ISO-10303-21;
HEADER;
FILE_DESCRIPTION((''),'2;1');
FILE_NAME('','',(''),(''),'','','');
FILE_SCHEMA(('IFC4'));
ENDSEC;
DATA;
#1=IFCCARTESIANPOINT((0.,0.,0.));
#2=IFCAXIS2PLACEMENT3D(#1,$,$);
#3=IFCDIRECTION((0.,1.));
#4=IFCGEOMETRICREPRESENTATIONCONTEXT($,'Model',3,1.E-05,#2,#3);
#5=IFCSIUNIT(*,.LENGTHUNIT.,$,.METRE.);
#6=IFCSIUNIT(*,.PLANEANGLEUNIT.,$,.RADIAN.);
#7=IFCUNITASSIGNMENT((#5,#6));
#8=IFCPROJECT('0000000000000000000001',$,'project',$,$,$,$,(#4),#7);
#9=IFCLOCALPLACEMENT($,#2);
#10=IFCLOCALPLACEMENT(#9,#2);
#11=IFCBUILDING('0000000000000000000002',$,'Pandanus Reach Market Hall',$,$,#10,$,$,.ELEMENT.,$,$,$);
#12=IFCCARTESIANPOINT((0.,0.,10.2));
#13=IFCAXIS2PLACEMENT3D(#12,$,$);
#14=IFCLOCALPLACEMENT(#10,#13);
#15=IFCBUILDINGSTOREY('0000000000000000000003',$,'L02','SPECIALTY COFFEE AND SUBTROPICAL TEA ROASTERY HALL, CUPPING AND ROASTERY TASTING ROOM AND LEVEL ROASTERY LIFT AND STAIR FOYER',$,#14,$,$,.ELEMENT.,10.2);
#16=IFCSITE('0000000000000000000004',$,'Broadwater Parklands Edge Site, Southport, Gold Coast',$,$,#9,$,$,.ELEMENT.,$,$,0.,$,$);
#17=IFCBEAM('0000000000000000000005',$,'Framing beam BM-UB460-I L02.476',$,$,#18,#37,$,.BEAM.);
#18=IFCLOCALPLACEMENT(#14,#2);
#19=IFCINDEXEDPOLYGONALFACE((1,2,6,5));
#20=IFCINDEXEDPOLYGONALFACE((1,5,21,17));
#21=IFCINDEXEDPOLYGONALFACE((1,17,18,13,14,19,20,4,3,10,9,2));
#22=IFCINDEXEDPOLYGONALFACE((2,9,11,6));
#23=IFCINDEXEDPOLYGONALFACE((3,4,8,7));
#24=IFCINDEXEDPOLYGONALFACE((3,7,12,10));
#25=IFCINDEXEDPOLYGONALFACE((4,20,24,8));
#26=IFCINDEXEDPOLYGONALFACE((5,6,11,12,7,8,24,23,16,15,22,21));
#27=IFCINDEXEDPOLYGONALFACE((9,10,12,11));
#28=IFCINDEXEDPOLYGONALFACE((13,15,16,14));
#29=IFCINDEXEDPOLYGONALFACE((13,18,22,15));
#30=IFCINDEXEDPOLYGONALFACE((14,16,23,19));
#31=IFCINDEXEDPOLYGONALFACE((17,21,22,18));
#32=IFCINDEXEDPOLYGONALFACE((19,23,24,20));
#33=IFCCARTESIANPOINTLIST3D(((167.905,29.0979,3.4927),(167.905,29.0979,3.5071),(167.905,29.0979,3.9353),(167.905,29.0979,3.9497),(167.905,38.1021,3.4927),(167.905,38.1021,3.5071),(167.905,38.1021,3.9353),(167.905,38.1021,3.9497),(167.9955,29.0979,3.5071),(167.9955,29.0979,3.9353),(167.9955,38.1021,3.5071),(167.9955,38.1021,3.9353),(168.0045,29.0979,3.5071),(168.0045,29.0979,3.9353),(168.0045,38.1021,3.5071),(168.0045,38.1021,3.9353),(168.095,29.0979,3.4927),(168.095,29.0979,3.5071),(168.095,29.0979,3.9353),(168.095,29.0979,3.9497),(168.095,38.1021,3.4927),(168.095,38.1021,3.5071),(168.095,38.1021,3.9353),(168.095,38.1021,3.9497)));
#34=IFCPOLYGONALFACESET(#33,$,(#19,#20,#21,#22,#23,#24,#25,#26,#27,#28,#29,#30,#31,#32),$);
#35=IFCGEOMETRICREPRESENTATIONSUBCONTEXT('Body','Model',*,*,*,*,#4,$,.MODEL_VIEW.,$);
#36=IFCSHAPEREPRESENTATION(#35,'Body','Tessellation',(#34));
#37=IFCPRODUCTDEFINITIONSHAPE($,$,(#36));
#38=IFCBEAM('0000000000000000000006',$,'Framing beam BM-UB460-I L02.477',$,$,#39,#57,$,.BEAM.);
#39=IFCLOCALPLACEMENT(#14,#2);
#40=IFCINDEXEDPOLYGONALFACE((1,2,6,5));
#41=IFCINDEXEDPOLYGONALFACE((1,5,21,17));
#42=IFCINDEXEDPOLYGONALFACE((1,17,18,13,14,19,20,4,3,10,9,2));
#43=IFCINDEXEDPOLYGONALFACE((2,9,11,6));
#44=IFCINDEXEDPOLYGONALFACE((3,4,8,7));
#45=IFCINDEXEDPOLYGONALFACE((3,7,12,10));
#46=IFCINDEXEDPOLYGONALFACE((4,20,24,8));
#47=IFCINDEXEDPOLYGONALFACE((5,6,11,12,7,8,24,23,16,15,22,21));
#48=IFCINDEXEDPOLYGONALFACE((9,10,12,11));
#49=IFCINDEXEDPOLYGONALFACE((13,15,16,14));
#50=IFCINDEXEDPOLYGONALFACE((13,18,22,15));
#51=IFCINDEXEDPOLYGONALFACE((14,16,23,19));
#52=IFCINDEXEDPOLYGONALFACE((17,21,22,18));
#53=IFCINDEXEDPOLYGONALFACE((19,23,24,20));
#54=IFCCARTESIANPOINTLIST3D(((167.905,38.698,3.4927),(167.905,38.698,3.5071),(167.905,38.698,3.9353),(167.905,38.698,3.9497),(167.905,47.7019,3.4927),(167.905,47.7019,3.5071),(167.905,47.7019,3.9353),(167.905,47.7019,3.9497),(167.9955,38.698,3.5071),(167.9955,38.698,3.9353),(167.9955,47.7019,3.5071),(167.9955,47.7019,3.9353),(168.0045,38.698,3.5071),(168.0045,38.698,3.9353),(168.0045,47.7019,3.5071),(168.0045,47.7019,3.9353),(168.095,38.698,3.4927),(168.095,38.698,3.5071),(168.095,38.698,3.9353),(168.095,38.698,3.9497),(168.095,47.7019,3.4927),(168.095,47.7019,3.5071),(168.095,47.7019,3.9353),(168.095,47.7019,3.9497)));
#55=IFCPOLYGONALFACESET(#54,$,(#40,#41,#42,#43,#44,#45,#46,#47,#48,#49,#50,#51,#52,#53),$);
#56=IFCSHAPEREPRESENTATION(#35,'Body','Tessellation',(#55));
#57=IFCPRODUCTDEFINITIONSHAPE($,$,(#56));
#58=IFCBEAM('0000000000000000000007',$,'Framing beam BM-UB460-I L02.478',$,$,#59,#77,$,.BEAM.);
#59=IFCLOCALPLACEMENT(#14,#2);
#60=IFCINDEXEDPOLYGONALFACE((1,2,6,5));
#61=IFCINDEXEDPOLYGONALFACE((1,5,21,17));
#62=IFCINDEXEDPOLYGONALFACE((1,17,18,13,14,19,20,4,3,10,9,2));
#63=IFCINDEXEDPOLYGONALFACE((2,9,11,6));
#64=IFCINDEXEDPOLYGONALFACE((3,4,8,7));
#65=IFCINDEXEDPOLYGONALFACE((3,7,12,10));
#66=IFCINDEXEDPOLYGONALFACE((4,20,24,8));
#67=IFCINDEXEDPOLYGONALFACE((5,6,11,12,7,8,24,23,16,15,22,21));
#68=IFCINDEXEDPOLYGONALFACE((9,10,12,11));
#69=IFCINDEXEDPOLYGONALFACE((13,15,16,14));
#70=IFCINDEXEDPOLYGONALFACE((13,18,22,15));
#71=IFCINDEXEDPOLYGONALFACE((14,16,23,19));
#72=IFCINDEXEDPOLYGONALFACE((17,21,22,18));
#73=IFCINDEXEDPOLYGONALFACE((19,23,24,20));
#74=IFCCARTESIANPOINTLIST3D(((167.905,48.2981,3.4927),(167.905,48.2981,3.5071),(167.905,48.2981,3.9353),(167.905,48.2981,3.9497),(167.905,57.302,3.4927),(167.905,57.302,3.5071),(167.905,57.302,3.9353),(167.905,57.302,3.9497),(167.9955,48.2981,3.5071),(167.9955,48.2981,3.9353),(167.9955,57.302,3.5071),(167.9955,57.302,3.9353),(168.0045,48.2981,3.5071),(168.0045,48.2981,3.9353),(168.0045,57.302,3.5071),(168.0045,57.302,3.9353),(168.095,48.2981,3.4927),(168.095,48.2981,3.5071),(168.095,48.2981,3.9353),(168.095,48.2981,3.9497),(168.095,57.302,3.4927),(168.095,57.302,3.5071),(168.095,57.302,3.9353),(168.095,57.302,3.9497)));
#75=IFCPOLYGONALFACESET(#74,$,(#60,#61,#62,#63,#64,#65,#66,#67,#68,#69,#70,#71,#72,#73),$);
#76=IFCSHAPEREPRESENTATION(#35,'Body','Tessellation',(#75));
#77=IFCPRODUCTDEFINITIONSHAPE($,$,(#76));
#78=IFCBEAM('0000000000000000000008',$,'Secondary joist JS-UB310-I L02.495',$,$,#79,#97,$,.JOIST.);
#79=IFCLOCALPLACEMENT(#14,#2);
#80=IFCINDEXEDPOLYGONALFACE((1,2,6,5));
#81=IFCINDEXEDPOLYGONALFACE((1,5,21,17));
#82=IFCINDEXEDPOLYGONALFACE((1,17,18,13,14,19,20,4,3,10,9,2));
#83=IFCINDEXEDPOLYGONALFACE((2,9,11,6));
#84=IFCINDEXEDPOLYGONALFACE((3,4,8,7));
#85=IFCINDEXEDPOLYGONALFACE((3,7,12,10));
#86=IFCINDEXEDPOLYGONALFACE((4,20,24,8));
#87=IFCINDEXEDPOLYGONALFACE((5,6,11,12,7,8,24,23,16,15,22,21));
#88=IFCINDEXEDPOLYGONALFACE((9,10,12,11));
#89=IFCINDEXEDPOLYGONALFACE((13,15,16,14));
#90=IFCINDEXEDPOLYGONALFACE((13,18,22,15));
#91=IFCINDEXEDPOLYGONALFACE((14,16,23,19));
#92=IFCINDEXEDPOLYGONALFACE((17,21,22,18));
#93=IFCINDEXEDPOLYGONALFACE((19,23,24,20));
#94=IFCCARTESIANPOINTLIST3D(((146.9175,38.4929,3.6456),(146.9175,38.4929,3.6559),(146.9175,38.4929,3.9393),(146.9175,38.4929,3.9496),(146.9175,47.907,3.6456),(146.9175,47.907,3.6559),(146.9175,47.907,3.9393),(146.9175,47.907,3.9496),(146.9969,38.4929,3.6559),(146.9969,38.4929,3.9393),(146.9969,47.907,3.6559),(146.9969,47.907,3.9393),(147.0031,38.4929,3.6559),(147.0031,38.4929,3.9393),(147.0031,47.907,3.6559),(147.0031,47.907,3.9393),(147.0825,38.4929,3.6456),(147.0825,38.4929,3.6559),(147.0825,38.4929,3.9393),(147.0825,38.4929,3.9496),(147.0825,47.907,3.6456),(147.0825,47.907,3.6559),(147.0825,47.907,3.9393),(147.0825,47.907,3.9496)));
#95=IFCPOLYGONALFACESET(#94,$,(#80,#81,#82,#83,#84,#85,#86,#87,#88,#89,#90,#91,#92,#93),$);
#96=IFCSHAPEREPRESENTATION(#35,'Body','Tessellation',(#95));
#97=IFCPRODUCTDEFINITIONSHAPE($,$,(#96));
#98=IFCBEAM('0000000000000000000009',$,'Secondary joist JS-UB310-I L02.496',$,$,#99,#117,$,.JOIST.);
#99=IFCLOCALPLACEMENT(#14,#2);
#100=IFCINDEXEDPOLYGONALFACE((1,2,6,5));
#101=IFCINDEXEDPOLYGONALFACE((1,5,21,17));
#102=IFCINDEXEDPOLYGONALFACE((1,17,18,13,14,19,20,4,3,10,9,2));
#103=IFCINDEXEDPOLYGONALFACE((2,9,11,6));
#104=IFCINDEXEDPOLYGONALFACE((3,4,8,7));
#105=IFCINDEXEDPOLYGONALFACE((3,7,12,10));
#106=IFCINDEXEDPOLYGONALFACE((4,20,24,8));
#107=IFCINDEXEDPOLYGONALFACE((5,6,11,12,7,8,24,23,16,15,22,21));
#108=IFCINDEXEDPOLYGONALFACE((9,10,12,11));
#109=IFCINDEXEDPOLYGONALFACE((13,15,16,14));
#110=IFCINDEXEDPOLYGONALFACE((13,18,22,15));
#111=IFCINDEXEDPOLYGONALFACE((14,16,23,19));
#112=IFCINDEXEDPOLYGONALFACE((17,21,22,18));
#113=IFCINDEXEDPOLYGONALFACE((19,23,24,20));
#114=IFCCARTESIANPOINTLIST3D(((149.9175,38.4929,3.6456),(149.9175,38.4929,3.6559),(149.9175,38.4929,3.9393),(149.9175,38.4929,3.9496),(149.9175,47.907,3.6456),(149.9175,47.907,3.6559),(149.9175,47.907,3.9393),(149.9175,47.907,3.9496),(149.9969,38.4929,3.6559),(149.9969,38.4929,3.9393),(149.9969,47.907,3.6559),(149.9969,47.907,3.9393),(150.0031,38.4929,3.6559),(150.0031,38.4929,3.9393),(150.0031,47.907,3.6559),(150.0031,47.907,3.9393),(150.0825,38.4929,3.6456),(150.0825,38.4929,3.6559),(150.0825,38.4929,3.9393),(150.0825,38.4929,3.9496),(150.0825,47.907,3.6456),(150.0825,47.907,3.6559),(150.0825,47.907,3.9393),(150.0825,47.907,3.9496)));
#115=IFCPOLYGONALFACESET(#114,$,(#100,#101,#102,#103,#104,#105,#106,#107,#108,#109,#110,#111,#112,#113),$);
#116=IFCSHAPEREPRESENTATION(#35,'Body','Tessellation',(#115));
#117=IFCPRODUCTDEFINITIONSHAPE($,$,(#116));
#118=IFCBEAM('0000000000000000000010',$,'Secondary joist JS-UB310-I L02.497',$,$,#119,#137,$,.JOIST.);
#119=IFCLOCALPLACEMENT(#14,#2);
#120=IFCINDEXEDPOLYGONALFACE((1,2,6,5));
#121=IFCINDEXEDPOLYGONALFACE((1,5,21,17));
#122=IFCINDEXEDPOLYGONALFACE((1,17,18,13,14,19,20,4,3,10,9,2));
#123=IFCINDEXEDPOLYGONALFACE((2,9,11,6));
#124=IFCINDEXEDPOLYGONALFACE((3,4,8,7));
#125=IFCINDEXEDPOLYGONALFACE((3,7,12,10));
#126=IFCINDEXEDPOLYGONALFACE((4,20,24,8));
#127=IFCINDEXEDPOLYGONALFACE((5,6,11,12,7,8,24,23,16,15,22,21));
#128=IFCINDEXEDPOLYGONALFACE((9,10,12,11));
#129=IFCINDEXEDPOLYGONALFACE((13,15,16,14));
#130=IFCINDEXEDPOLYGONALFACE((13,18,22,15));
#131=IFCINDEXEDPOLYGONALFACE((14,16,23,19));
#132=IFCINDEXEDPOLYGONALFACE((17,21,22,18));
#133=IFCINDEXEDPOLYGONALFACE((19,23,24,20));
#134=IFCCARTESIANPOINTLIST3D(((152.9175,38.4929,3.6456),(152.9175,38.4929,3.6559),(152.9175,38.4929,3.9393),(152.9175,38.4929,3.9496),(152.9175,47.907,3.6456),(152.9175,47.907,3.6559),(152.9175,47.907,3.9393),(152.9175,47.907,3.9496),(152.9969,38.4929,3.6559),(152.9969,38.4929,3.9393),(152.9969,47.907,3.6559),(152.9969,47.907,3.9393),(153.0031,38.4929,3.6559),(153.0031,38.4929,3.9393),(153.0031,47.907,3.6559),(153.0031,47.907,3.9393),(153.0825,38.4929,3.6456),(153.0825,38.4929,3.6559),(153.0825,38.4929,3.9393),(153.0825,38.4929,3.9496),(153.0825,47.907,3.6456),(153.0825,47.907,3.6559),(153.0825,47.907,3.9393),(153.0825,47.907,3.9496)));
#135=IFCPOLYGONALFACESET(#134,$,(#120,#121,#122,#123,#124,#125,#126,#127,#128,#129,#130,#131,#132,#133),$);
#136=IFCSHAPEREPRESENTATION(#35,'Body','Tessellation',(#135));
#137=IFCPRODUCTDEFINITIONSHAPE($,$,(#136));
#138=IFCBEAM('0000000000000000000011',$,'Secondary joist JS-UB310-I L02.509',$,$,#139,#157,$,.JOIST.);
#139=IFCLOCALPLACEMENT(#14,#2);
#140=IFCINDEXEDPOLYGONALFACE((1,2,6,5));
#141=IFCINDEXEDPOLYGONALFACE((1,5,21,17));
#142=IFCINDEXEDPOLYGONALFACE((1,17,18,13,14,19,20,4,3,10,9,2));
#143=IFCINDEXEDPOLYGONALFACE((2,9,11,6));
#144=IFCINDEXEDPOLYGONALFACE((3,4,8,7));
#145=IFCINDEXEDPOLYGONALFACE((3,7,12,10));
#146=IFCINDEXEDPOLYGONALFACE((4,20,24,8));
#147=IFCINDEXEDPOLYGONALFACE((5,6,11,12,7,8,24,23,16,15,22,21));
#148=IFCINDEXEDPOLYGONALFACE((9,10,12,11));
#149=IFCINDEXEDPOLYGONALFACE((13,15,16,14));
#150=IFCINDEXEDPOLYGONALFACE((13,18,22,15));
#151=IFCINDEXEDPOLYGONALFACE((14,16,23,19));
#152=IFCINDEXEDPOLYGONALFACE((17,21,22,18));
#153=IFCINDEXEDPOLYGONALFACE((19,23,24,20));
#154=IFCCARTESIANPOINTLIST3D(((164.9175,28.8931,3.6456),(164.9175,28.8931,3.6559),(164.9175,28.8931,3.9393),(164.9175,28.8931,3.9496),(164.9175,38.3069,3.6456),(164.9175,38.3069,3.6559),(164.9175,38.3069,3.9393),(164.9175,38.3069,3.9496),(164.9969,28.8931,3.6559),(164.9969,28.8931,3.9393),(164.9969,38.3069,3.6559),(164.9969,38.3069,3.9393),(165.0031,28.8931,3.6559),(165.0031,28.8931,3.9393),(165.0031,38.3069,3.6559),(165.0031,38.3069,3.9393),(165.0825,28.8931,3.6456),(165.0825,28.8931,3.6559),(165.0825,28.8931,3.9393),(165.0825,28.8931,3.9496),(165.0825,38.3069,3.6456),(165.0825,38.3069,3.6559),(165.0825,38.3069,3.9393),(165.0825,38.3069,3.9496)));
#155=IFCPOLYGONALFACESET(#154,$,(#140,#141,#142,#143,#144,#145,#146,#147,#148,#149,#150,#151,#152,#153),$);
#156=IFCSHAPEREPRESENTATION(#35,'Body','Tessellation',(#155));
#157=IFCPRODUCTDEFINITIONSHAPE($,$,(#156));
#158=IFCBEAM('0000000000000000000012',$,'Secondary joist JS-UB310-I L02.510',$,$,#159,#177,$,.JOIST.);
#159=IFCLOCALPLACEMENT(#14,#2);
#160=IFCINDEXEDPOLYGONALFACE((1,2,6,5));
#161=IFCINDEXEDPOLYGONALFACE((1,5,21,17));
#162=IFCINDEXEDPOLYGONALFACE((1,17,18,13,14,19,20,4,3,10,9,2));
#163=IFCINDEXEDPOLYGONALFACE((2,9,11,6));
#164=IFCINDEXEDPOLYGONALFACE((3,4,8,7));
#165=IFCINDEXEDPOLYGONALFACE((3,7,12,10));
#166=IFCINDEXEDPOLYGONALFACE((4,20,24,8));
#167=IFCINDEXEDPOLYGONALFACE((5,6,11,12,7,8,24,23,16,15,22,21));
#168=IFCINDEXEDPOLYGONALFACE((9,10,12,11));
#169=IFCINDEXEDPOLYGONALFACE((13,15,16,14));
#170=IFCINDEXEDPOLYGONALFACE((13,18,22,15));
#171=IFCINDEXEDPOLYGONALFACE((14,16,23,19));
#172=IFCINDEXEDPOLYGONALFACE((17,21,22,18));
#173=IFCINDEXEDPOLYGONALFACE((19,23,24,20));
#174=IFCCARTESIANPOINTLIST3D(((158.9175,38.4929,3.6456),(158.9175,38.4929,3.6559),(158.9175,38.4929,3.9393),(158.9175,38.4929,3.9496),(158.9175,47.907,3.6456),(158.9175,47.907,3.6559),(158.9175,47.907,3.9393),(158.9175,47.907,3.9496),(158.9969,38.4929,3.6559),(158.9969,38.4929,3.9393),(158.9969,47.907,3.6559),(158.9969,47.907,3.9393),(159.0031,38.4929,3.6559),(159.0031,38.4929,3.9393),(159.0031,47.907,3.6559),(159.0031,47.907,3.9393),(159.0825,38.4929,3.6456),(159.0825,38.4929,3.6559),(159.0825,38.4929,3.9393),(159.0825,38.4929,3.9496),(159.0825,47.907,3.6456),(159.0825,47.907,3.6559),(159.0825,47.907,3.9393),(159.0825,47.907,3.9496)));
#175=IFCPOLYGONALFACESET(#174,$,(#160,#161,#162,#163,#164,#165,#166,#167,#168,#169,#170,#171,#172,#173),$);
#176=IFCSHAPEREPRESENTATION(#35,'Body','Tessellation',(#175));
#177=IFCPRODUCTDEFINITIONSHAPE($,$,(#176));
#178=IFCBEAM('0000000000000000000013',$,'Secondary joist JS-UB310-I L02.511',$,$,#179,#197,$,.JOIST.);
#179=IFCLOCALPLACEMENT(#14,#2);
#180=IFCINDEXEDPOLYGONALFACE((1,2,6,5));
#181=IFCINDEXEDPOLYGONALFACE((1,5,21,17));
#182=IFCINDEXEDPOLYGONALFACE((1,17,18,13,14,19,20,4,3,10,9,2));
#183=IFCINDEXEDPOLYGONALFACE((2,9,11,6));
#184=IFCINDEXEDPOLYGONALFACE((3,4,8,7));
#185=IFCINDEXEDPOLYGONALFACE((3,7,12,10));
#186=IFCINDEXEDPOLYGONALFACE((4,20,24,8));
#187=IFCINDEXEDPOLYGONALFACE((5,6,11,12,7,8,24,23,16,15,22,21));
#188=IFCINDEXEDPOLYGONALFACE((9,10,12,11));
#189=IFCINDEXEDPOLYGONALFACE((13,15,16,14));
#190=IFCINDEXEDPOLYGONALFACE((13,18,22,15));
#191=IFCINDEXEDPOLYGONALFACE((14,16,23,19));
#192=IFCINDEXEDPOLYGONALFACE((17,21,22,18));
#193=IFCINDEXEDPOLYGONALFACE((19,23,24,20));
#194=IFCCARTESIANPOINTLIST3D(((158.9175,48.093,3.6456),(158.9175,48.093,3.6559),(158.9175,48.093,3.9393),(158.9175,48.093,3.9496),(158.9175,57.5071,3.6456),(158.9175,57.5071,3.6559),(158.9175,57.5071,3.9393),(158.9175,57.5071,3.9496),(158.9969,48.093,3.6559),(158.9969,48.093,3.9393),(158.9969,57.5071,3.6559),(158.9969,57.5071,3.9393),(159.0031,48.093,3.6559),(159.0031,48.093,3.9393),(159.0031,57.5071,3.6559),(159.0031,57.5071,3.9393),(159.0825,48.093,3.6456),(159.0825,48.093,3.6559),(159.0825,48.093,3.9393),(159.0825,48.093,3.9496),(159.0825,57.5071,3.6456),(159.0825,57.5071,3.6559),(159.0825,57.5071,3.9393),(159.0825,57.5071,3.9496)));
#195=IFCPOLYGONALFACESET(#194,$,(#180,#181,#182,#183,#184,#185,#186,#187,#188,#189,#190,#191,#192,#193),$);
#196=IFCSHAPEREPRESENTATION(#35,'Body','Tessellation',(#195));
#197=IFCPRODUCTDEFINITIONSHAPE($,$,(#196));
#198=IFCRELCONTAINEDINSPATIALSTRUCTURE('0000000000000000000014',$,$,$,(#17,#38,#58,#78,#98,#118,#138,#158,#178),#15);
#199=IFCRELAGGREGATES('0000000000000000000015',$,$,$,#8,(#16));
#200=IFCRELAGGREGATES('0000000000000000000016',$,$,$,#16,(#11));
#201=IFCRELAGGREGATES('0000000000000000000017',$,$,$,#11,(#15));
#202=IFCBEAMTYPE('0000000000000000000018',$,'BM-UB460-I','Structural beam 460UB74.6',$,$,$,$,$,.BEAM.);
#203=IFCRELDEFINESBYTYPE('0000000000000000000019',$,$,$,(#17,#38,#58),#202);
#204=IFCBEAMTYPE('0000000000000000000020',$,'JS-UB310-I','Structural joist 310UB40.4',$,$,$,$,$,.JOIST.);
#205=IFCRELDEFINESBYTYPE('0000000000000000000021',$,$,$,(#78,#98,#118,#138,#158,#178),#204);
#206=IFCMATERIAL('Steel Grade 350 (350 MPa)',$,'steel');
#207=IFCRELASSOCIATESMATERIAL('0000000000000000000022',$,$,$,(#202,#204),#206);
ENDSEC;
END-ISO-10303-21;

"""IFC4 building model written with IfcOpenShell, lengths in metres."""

from ifc_helpers import new_model, si_unit, direction, frame, origin, origin_2d, place, context, subcontext, project, spatial, i_section, extrude, material, material_profile, profile_set, type_object, element, save


model = new_model("IFC4")

# Units and contexts
model_context = context("Model", 3, precision=1e-05, world=origin(), true_north=direction((0.0, 1.0)))
body_context = subcontext(model_context, "Body", "Model", "MODEL_VIEW")
ifc_project = project(units=[si_unit("LENGTHUNIT", "METRE"), si_unit("PLANEANGLEUNIT", "RADIAN")], contexts=[model_context])

# Site, building, storey
site_placement = place(None, origin())
site = spatial("IfcSite", under=ifc_project, at=site_placement, Name="Broadwater Parklands Edge Site, Southport, Gold Coast", CompositionType="ELEMENT", RefElevation=0.0)
building_placement = place(site_placement, origin())
building = spatial("IfcBuilding", under=site, at=building_placement, Name="Pandanus Reach Market Hall", CompositionType="ELEMENT")
storey_placement = place(building_placement, frame((0.0, 0.0, 10.2)))
storey = spatial("IfcBuildingStorey", under=building, at=storey_placement, Name="L02", Description="SPECIALTY COFFEE AND SUBTROPICAL TEA ROASTERY HALL, CUPPING AND ROASTERY TASTING ROOM AND LEVEL ROASTERY LIFT AND STAIR FOYER", CompositionType="ELEMENT", Elevation=10.2)

# Beams
ifc_material_1 = material(Name="Steel Grade 350 (350 MPa)", Category="steel")
ifc_material_profile_1 = material_profile(ifc_material_1, i_section(OverallWidth=0.1899, OverallDepth=0.457, WebThickness=0.009, FlangeThickness=0.0144, at=origin_2d()), Name="460UB74.6", Category="LoadBearing")
ifc_profile_set_1 = profile_set([ifc_material_profile_1], Name="Steel Grade 350 (350 MPa)")
beam_type_1 = type_object("IfcBeamType", Name="BM-UB460-I", Description="Structural beam 460UB74.6", PredefinedType="BEAM", material=ifc_profile_set_1)
beam_1_placement = place(storey_placement, frame((168.0, 29.0979, 3.7212), z_axis=(0.0, 1.0, 0.0), x_axis=(-1.0, 0.0, 0.0)))
element("IfcBeam", 1, at=beam_1_placement, inside=storey, type_object=beam_type_1, Name="Framing beam BM-UB460-I L02.476", PredefinedType="BEAM", context=body_context, shape_type="SweptSolid", body=[
    extrude(i_section(OverallWidth=0.1899, OverallDepth=0.457, WebThickness=0.009, FlangeThickness=0.0144, at=origin_2d()), origin(), (0.0, 0.0, 1.0), 9.0042),
])
for number, where, z_axis, x_axis, name in (
    (2, (168.0, 38.698, 3.7212), (0.0, 1.0, 0.0), (-1.0, 0.0, 0.0), "Framing beam BM-UB460-I L02.477"),
    (3, (168.0, 48.2981, 3.7212), (0.0, 1.0, 0.0), (-1.0, 0.0, 0.0), "Framing beam BM-UB460-I L02.478"),
):
    element("IfcBeam", number, at=place(storey_placement, frame(where, z_axis=z_axis, x_axis=x_axis)), inside=storey, type_object=beam_type_1, Name=name, PredefinedType="BEAM", context=body_context, shape_type="SweptSolid", body=[
        extrude(i_section(OverallWidth=0.1899, OverallDepth=0.457, WebThickness=0.009, FlangeThickness=0.0144, at=origin_2d()), origin(), (0.0, 0.0, 1.0), 9.0039),
    ])
ifc_material_profile_2 = material_profile(ifc_material_1, i_section(OverallWidth=0.165, OverallDepth=0.304, WebThickness=0.0061, FlangeThickness=0.0103, at=origin_2d()), Name="310UB40.4", Category="LoadBearing")
ifc_profile_set_2 = profile_set([ifc_material_profile_2], Name="Steel Grade 350 (350 MPa)")
beam_type_2 = type_object("IfcBeamType", Name="JS-UB310-I", Description="Structural joist 310UB40.4", PredefinedType="JOIST", material=ifc_profile_set_2)
for number, where, z_axis, x_axis, name in (
    (4, (147.0, 38.4929, 3.7976), (0.0, 1.0, 0.0), (-1.0, 0.0, 0.0), "Secondary joist JS-UB310-I L02.495"),
    (5, (150.0, 38.4929, 3.7976), (0.0, 1.0, 0.0), (-1.0, 0.0, 0.0), "Secondary joist JS-UB310-I L02.496"),
    (6, (153.0, 38.4929, 3.7976), (0.0, 1.0, 0.0), (-1.0, 0.0, 0.0), "Secondary joist JS-UB310-I L02.497"),
):
    element("IfcBeam", number, at=place(storey_placement, frame(where, z_axis=z_axis, x_axis=x_axis)), inside=storey, type_object=beam_type_2, Name=name, PredefinedType="JOIST", context=body_context, shape_type="SweptSolid", body=[
        extrude(i_section(OverallWidth=0.165, OverallDepth=0.304, WebThickness=0.0061, FlangeThickness=0.0103, at=origin_2d()), origin(), (0.0, 0.0, 1.0), 9.4141),
    ])
beam_2_placement = place(storey_placement, frame((165.0, 28.8931, 3.7976), z_axis=(0.0, 1.0, 0.0), x_axis=(-1.0, 0.0, 0.0)))
element("IfcBeam", 7, at=beam_2_placement, inside=storey, type_object=beam_type_2, Name="Secondary joist JS-UB310-I L02.509", PredefinedType="JOIST", context=body_context, shape_type="SweptSolid", body=[
    extrude(i_section(OverallWidth=0.165, OverallDepth=0.304, WebThickness=0.0061, FlangeThickness=0.0103, at=origin_2d()), origin(), (0.0, 0.0, 1.0), 9.4138),
])
for number, where, z_axis, x_axis, name in (
    (8, (159.0, 38.4929, 3.7976), (0.0, 1.0, 0.0), (-1.0, 0.0, 0.0), "Secondary joist JS-UB310-I L02.510"),
    (9, (159.0, 48.093, 3.7976), (0.0, 1.0, 0.0), (-1.0, 0.0, 0.0), "Secondary joist JS-UB310-I L02.511"),
):
    element("IfcBeam", number, at=place(storey_placement, frame(where, z_axis=z_axis, x_axis=x_axis)), inside=storey, type_object=beam_type_2, Name=name, PredefinedType="JOIST", context=body_context, shape_type="SweptSolid", body=[
        extrude(i_section(OverallWidth=0.165, OverallDepth=0.304, WebThickness=0.0061, FlangeThickness=0.0103, at=origin_2d()), origin(), (0.0, 0.0, 1.0), 9.4141),
    ])

save(model, "model.ifc")
